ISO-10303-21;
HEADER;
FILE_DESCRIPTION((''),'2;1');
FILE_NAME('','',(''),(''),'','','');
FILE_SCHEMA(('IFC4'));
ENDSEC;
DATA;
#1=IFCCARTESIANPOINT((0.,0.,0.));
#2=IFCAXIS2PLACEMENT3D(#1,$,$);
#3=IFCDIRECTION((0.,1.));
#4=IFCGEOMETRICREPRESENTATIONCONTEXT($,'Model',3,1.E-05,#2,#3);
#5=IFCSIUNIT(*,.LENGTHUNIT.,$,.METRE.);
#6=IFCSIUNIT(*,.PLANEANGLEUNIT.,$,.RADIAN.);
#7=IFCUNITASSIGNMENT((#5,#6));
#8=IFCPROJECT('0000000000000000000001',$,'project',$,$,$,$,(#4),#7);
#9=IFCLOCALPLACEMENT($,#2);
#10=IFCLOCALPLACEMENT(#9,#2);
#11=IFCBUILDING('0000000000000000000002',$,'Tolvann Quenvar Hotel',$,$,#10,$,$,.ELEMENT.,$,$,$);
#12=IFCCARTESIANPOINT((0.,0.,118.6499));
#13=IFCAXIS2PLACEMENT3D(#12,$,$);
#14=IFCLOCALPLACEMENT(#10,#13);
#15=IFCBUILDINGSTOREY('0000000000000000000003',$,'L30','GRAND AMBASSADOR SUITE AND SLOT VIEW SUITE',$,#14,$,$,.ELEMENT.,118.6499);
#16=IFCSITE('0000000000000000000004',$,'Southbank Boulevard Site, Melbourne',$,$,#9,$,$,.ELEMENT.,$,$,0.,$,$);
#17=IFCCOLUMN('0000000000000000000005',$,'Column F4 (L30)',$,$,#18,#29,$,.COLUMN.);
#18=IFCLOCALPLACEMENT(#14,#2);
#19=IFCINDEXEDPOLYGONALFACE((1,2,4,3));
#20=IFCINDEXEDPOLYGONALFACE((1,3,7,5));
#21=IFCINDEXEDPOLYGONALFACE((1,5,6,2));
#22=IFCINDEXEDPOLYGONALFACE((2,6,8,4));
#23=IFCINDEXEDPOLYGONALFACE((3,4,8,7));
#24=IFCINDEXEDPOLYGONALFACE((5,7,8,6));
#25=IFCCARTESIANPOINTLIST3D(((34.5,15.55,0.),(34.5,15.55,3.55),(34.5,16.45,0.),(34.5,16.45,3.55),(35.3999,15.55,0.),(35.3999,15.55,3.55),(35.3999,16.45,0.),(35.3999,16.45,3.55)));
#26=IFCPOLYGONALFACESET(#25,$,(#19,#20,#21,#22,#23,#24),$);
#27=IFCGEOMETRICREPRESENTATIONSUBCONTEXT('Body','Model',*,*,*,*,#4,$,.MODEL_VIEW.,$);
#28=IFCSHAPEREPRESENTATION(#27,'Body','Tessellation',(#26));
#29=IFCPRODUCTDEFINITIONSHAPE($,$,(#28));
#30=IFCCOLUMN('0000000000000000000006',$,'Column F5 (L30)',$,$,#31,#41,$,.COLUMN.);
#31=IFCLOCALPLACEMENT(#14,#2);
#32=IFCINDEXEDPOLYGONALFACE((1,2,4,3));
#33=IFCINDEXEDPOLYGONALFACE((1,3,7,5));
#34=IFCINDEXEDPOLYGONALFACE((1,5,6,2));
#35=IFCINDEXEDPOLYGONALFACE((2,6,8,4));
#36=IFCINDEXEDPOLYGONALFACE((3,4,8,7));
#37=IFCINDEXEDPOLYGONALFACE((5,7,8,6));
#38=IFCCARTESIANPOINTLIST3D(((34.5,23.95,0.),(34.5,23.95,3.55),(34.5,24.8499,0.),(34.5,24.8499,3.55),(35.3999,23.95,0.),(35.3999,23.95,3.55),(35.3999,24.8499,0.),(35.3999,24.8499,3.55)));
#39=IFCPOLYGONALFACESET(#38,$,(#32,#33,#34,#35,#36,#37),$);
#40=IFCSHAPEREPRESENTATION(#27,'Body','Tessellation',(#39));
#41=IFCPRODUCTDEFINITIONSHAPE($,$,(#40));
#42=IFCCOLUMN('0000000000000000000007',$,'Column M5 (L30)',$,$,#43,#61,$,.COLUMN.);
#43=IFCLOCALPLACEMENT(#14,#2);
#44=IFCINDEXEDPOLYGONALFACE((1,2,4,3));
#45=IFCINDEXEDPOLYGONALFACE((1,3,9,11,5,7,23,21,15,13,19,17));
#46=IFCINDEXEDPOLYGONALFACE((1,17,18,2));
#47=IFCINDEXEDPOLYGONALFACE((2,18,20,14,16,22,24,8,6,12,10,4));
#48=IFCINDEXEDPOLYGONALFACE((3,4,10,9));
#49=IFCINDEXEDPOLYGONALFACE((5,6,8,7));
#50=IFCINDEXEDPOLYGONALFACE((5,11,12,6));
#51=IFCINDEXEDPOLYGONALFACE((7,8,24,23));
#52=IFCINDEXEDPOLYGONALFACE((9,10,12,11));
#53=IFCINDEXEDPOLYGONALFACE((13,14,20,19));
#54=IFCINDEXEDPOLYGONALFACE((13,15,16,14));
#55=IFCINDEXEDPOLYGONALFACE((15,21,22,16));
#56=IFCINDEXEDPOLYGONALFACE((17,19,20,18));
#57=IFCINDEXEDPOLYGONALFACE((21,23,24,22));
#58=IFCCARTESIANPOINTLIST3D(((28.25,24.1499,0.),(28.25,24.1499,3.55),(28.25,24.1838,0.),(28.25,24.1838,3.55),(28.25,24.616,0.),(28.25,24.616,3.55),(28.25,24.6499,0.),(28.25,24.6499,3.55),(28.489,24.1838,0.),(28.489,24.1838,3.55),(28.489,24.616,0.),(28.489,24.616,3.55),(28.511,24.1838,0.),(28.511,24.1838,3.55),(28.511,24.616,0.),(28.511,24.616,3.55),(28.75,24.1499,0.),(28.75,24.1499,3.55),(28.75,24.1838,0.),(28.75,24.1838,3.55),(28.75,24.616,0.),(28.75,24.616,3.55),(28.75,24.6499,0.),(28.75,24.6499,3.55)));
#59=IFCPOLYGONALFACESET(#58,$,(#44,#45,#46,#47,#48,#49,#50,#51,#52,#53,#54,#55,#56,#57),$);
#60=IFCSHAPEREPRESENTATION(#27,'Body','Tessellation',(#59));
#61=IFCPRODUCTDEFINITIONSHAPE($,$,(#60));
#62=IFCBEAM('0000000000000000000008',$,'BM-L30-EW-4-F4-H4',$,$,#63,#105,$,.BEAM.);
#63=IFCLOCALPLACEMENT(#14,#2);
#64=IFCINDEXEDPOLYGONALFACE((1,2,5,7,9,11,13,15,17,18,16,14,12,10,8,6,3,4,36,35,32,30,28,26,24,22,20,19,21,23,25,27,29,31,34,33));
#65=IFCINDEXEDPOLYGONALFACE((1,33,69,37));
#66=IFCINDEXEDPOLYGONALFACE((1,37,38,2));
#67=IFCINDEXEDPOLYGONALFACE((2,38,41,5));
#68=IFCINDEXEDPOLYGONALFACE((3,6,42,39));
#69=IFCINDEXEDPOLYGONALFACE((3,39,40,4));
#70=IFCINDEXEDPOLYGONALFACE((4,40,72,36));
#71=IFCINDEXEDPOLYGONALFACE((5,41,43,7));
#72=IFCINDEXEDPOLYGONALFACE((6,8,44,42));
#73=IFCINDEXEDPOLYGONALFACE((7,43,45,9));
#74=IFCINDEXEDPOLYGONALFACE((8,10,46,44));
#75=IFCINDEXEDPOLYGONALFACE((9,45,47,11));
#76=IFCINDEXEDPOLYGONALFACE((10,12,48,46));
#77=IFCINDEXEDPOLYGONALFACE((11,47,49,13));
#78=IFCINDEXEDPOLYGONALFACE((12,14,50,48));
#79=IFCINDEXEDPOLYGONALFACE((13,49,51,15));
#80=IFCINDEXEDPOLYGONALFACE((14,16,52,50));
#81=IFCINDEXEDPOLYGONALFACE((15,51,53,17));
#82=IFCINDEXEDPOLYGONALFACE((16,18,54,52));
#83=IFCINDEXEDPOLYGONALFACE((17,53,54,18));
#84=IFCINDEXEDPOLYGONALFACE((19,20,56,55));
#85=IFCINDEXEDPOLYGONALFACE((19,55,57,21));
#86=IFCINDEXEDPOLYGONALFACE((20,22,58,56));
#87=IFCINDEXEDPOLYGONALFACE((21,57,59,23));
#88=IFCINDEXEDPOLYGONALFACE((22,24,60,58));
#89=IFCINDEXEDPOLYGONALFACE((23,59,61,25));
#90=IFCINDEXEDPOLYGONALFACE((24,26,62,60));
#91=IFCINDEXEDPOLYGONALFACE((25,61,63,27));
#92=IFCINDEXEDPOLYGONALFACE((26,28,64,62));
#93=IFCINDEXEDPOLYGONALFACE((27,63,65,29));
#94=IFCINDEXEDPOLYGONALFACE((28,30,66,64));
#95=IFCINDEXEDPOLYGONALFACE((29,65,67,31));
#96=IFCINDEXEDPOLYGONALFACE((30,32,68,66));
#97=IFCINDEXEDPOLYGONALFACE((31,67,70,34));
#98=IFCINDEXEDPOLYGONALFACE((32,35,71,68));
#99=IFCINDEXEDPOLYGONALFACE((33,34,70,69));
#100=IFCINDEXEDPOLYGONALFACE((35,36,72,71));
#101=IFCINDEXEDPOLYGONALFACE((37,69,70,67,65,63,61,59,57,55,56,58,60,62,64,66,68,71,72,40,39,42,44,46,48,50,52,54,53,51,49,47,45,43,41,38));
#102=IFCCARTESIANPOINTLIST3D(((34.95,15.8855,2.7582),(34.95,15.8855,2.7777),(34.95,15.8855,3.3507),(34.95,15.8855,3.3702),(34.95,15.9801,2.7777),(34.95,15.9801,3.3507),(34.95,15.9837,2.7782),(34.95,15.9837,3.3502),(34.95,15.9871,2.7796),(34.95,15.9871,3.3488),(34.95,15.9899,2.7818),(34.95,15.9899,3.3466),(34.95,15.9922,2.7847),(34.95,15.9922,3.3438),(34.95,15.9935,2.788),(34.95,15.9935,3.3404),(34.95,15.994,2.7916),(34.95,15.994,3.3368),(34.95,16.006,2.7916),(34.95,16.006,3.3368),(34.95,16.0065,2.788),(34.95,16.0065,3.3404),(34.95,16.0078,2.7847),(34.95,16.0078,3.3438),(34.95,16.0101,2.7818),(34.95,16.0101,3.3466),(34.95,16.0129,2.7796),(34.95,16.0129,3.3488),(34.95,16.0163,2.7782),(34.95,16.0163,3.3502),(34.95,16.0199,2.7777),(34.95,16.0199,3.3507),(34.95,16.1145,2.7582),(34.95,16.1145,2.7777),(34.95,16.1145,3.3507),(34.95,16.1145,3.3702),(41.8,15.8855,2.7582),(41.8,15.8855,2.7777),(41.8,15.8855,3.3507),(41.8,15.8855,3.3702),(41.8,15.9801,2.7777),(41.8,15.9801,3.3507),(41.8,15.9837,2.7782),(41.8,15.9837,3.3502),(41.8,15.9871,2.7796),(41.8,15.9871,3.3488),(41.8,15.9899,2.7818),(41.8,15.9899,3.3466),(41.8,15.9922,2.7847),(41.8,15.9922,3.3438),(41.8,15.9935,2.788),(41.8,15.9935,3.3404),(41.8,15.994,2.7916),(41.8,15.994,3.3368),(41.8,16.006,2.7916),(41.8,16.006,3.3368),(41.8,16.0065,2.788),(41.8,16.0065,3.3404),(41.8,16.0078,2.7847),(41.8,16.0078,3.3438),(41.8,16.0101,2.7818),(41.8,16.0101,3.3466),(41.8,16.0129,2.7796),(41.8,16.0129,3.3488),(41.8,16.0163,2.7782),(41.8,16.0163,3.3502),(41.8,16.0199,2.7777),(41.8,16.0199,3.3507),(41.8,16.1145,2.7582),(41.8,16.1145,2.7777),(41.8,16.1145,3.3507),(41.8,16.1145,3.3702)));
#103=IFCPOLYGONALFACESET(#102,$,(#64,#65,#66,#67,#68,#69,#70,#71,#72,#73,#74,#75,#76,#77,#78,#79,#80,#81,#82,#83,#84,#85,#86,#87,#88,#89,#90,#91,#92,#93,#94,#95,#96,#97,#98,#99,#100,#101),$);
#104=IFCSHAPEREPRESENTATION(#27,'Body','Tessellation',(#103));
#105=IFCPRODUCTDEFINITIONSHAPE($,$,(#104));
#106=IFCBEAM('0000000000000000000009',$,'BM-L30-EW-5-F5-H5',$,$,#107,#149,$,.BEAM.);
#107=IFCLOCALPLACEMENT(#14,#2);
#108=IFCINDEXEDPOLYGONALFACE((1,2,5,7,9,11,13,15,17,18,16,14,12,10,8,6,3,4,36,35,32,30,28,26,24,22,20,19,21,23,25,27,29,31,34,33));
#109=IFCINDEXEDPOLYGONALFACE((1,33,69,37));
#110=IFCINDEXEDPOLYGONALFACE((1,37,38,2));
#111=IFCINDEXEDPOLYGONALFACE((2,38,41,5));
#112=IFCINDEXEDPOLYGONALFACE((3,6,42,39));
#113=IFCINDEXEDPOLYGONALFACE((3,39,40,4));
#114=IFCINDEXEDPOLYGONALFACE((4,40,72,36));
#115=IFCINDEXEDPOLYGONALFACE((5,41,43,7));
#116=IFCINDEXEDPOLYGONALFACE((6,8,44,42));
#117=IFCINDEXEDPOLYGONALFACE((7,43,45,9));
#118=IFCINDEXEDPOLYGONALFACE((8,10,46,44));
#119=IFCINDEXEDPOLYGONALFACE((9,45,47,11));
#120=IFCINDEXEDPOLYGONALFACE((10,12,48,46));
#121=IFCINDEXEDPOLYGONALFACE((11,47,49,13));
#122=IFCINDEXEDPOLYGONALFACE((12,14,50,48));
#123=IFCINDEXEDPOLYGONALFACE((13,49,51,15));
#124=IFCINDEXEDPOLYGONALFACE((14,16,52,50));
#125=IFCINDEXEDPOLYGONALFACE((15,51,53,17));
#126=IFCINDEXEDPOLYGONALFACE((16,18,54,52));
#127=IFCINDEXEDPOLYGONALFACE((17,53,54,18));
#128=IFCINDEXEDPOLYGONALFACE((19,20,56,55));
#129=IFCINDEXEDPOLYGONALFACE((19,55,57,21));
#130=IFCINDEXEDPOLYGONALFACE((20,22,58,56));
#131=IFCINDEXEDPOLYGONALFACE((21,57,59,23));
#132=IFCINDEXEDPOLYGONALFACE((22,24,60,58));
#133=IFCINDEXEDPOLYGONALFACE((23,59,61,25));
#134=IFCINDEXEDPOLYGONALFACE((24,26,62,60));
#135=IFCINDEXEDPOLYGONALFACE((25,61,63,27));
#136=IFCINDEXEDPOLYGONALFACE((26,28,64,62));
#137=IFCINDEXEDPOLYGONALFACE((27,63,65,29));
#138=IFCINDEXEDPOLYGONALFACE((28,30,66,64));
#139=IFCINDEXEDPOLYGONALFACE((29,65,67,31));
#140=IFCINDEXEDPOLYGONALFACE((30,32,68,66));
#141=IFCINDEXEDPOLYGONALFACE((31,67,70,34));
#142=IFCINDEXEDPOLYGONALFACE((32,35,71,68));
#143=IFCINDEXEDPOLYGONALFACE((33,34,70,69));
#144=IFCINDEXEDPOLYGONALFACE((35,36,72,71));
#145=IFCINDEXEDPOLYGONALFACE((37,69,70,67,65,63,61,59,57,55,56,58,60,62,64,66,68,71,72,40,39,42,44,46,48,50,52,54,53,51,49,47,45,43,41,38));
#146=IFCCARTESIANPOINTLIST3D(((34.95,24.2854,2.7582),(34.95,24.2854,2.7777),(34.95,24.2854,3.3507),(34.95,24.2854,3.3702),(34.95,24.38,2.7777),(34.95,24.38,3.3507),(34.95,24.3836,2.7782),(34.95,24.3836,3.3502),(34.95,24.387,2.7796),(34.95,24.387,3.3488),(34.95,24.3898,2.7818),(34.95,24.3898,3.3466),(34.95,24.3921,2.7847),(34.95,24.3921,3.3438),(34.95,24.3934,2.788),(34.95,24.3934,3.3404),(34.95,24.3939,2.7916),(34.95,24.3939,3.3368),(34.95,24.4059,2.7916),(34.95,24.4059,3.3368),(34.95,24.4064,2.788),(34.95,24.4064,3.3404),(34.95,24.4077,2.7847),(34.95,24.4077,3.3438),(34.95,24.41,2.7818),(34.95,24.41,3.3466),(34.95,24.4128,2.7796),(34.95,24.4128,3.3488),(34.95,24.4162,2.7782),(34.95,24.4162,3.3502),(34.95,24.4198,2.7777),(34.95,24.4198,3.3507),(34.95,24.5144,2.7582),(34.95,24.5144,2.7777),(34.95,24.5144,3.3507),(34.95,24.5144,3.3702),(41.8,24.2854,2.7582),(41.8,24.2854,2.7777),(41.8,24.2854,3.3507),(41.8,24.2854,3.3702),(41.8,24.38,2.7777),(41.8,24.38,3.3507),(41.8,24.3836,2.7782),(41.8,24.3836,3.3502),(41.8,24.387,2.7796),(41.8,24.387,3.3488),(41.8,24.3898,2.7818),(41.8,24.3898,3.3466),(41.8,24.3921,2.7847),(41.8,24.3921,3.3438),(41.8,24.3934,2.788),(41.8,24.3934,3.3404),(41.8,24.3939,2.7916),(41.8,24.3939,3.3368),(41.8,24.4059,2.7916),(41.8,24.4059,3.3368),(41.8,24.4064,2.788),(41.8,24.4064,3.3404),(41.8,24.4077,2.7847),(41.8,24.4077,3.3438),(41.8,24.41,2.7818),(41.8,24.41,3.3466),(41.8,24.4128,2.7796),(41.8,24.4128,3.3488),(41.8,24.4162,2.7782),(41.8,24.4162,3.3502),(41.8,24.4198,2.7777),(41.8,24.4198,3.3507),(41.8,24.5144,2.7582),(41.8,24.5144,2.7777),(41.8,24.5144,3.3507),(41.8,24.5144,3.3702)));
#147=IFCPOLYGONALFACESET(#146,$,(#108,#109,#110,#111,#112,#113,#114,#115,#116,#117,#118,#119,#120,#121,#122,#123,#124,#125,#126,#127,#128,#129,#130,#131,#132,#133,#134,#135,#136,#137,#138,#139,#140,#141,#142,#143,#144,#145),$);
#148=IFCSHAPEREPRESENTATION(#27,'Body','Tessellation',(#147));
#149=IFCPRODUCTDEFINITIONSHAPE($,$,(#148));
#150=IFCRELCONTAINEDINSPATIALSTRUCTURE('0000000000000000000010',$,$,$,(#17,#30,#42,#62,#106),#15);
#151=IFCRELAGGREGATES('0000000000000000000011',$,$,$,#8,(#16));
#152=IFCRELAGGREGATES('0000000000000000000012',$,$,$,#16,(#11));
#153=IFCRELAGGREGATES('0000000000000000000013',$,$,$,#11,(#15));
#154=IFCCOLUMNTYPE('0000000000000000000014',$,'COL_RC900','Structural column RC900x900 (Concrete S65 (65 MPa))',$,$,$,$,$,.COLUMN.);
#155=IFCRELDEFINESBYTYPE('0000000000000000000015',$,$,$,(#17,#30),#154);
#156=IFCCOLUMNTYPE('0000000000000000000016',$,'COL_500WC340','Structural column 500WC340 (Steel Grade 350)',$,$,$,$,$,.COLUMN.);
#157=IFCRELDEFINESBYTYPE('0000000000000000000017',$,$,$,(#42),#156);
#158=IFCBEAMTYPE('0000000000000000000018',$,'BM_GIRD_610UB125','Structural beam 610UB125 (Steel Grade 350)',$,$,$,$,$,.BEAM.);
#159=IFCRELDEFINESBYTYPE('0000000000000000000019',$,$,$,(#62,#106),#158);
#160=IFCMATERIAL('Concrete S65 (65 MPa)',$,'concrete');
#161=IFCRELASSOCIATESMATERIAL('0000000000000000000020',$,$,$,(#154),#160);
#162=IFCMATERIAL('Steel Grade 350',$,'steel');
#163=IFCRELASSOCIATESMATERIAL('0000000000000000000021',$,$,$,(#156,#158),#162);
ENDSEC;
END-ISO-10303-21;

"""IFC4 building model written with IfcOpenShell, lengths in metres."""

from ifc_helpers import new_model, si_unit, direction, frame, origin, origin_2d, place, context, subcontext, project, spatial, rectangle, i_section, extrude, source, transform, mapped, material, material_profile, profile_set, type_object, type_shapes, element, save


model = new_model("IFC4")

# Units and contexts
model_context = context("Model", 3, precision=1e-05, world=origin(), true_north=direction((0.0, 1.0)))
body_context = subcontext(model_context, "Body", "Model", "MODEL_VIEW")
ifc_project = project(units=[si_unit("LENGTHUNIT", "METRE"), si_unit("PLANEANGLEUNIT", "RADIAN")], contexts=[model_context])

# Site, building, storey
site_placement = place(None, origin())
site = spatial("IfcSite", under=ifc_project, at=site_placement, Name="Southbank Boulevard Site, Melbourne", CompositionType="ELEMENT", RefElevation=0.0)
building_placement = place(site_placement, origin())
building = spatial("IfcBuilding", under=site, at=building_placement, Name="Tolvann Quenvar Hotel", CompositionType="ELEMENT")
storey_placement = place(building_placement, frame((0.0, 0.0, 118.6499)))
storey = spatial("IfcBuildingStorey", under=building, at=storey_placement, Name="L30", Description="GRAND AMBASSADOR SUITE AND SLOT VIEW SUITE", CompositionType="ELEMENT", Elevation=118.6499)

# Columns
ifc_material_1 = material(Name="Concrete S65 (65 MPa)", Category="concrete")
ifc_material_profile_1 = material_profile(ifc_material_1, rectangle(XDim=0.8999, YDim=0.8999, at=origin_2d()), Name="RC900x900")
ifc_profile_set_1 = profile_set([ifc_material_profile_1], Name="Concrete S65 (65 MPa)")
column_type_1 = type_object("IfcColumnType", Name="COL_RC900", Description="Structural column RC900x900 (Concrete S65 (65 MPa))", PredefinedType="COLUMN", material=ifc_profile_set_1)
shared_shape_1 = source(origin(), body_context, "Body", "SweptSolid", [
    extrude(rectangle(XDim=0.8999, YDim=0.8999, at=origin_2d()), origin(), (0.0, 0.0, 1.0), 3.55),
])
type_shapes(column_type_1, [shared_shape_1])
for number, where, z_axis, x_axis, name in (
    (1, (34.95, 16.0, 0.0), (0.0, 0.0, 1.0), (1.0, 0.0, 0.0), "Column F4 (L30)"),
    (2, (34.95, 24.3999, 0.0), (0.0, 0.0, 1.0), (1.0, 0.0, 0.0), "Column F5 (L30)"),
):
    element("IfcColumn", number, at=place(storey_placement, frame(where, z_axis=z_axis, x_axis=x_axis)), inside=storey, type_object=column_type_1, Name=name, PredefinedType="COLUMN", context=body_context, shape_type="MappedRepresentation", body=[
        mapped(shared_shape_1, transform((0.0, 0.0, 0.0), x_axis=(1.0, 0.0, 0.0), y_axis=(0.0, 1.0, 0.0), z_axis=(0.0, 0.0, 1.0), scale=1.0)),
    ])
ifc_material_2 = material(Name="Steel Grade 350", Category="steel")
ifc_material_profile_2 = material_profile(ifc_material_2, i_section(OverallWidth=0.5, OverallDepth=0.5, WebThickness=0.022, FlangeThickness=0.0339, at=origin_2d()), Name="500WC340")
ifc_profile_set_2 = profile_set([ifc_material_profile_2], Name="Steel Grade 350")
column_type_2 = type_object("IfcColumnType", Name="COL_500WC340", Description="Structural column 500WC340 (Steel Grade 350)", PredefinedType="COLUMN", material=ifc_profile_set_2)
shared_shape_2 = source(origin(), body_context, "Body", "SweptSolid", [
    extrude(i_section(OverallWidth=0.5, OverallDepth=0.5, WebThickness=0.022, FlangeThickness=0.0339, at=origin_2d()), origin(), (0.0, 0.0, 1.0), 3.55),
])
type_shapes(column_type_2, [shared_shape_2])
column_placement = place(storey_placement, frame((28.5, 24.3999, 0.0), z_axis=(0.0, 0.0, 1.0), x_axis=(1.0, 0.0, 0.0)))
element("IfcColumn", 3, at=column_placement, inside=storey, type_object=column_type_2, Name="Column M5 (L30)", PredefinedType="COLUMN", context=body_context, shape_type="MappedRepresentation", body=[
    mapped(shared_shape_2, transform((0.0, 0.0, 0.0), x_axis=(1.0, 0.0, 0.0), y_axis=(0.0, 1.0, 0.0), z_axis=(0.0, 0.0, 1.0), scale=1.0)),
])

# Beams
ifc_material_profile_3 = material_profile(ifc_material_2, i_section(OverallWidth=0.229, OverallDepth=0.6121, WebThickness=0.012, FlangeThickness=0.0195, FilletRadius=0.0139, at=origin_2d()), Name="610UB125")
ifc_profile_set_3 = profile_set([ifc_material_profile_3], Name="Steel Grade 350")
beam_type_1 = type_object("IfcBeamType", Name="BM_GIRD_610UB125", Description="Structural beam 610UB125 (Steel Grade 350)", PredefinedType="BEAM", material=ifc_profile_set_3)
shared_shape_3 = source(origin(), body_context, "Body", "SweptSolid", [
    extrude(i_section(OverallWidth=0.229, OverallDepth=0.6121, WebThickness=0.012, FlangeThickness=0.0195, FilletRadius=0.0139, at=origin_2d()), origin(), (0.0, 0.0, 1.0), 6.8501),
])
for number, where, z_axis, x_axis, name in (
    (4, (34.95, 16.0, 3.0642), (1.0, 0.0, 0.0), (0.0, 1.0, 0.0), "BM-L30-EW-4-F4-H4"),
    (5, (34.95, 24.3999, 3.0642), (1.0, 0.0, 0.0), (0.0, 1.0, 0.0), "BM-L30-EW-5-F5-H5"),
):
    element("IfcBeam", number, at=place(storey_placement, frame(where, z_axis=z_axis, x_axis=x_axis)), inside=storey, type_object=beam_type_1, Name=name, PredefinedType="BEAM", context=body_context, shape_type="MappedRepresentation", body=[
        mapped(shared_shape_3, transform((0.0, 0.0, 0.0), x_axis=(1.0, 0.0, 0.0), y_axis=(0.0, 1.0, 0.0), z_axis=(0.0, 0.0, 1.0), scale=1.0)),
    ])

save(model, "model.ifc")
